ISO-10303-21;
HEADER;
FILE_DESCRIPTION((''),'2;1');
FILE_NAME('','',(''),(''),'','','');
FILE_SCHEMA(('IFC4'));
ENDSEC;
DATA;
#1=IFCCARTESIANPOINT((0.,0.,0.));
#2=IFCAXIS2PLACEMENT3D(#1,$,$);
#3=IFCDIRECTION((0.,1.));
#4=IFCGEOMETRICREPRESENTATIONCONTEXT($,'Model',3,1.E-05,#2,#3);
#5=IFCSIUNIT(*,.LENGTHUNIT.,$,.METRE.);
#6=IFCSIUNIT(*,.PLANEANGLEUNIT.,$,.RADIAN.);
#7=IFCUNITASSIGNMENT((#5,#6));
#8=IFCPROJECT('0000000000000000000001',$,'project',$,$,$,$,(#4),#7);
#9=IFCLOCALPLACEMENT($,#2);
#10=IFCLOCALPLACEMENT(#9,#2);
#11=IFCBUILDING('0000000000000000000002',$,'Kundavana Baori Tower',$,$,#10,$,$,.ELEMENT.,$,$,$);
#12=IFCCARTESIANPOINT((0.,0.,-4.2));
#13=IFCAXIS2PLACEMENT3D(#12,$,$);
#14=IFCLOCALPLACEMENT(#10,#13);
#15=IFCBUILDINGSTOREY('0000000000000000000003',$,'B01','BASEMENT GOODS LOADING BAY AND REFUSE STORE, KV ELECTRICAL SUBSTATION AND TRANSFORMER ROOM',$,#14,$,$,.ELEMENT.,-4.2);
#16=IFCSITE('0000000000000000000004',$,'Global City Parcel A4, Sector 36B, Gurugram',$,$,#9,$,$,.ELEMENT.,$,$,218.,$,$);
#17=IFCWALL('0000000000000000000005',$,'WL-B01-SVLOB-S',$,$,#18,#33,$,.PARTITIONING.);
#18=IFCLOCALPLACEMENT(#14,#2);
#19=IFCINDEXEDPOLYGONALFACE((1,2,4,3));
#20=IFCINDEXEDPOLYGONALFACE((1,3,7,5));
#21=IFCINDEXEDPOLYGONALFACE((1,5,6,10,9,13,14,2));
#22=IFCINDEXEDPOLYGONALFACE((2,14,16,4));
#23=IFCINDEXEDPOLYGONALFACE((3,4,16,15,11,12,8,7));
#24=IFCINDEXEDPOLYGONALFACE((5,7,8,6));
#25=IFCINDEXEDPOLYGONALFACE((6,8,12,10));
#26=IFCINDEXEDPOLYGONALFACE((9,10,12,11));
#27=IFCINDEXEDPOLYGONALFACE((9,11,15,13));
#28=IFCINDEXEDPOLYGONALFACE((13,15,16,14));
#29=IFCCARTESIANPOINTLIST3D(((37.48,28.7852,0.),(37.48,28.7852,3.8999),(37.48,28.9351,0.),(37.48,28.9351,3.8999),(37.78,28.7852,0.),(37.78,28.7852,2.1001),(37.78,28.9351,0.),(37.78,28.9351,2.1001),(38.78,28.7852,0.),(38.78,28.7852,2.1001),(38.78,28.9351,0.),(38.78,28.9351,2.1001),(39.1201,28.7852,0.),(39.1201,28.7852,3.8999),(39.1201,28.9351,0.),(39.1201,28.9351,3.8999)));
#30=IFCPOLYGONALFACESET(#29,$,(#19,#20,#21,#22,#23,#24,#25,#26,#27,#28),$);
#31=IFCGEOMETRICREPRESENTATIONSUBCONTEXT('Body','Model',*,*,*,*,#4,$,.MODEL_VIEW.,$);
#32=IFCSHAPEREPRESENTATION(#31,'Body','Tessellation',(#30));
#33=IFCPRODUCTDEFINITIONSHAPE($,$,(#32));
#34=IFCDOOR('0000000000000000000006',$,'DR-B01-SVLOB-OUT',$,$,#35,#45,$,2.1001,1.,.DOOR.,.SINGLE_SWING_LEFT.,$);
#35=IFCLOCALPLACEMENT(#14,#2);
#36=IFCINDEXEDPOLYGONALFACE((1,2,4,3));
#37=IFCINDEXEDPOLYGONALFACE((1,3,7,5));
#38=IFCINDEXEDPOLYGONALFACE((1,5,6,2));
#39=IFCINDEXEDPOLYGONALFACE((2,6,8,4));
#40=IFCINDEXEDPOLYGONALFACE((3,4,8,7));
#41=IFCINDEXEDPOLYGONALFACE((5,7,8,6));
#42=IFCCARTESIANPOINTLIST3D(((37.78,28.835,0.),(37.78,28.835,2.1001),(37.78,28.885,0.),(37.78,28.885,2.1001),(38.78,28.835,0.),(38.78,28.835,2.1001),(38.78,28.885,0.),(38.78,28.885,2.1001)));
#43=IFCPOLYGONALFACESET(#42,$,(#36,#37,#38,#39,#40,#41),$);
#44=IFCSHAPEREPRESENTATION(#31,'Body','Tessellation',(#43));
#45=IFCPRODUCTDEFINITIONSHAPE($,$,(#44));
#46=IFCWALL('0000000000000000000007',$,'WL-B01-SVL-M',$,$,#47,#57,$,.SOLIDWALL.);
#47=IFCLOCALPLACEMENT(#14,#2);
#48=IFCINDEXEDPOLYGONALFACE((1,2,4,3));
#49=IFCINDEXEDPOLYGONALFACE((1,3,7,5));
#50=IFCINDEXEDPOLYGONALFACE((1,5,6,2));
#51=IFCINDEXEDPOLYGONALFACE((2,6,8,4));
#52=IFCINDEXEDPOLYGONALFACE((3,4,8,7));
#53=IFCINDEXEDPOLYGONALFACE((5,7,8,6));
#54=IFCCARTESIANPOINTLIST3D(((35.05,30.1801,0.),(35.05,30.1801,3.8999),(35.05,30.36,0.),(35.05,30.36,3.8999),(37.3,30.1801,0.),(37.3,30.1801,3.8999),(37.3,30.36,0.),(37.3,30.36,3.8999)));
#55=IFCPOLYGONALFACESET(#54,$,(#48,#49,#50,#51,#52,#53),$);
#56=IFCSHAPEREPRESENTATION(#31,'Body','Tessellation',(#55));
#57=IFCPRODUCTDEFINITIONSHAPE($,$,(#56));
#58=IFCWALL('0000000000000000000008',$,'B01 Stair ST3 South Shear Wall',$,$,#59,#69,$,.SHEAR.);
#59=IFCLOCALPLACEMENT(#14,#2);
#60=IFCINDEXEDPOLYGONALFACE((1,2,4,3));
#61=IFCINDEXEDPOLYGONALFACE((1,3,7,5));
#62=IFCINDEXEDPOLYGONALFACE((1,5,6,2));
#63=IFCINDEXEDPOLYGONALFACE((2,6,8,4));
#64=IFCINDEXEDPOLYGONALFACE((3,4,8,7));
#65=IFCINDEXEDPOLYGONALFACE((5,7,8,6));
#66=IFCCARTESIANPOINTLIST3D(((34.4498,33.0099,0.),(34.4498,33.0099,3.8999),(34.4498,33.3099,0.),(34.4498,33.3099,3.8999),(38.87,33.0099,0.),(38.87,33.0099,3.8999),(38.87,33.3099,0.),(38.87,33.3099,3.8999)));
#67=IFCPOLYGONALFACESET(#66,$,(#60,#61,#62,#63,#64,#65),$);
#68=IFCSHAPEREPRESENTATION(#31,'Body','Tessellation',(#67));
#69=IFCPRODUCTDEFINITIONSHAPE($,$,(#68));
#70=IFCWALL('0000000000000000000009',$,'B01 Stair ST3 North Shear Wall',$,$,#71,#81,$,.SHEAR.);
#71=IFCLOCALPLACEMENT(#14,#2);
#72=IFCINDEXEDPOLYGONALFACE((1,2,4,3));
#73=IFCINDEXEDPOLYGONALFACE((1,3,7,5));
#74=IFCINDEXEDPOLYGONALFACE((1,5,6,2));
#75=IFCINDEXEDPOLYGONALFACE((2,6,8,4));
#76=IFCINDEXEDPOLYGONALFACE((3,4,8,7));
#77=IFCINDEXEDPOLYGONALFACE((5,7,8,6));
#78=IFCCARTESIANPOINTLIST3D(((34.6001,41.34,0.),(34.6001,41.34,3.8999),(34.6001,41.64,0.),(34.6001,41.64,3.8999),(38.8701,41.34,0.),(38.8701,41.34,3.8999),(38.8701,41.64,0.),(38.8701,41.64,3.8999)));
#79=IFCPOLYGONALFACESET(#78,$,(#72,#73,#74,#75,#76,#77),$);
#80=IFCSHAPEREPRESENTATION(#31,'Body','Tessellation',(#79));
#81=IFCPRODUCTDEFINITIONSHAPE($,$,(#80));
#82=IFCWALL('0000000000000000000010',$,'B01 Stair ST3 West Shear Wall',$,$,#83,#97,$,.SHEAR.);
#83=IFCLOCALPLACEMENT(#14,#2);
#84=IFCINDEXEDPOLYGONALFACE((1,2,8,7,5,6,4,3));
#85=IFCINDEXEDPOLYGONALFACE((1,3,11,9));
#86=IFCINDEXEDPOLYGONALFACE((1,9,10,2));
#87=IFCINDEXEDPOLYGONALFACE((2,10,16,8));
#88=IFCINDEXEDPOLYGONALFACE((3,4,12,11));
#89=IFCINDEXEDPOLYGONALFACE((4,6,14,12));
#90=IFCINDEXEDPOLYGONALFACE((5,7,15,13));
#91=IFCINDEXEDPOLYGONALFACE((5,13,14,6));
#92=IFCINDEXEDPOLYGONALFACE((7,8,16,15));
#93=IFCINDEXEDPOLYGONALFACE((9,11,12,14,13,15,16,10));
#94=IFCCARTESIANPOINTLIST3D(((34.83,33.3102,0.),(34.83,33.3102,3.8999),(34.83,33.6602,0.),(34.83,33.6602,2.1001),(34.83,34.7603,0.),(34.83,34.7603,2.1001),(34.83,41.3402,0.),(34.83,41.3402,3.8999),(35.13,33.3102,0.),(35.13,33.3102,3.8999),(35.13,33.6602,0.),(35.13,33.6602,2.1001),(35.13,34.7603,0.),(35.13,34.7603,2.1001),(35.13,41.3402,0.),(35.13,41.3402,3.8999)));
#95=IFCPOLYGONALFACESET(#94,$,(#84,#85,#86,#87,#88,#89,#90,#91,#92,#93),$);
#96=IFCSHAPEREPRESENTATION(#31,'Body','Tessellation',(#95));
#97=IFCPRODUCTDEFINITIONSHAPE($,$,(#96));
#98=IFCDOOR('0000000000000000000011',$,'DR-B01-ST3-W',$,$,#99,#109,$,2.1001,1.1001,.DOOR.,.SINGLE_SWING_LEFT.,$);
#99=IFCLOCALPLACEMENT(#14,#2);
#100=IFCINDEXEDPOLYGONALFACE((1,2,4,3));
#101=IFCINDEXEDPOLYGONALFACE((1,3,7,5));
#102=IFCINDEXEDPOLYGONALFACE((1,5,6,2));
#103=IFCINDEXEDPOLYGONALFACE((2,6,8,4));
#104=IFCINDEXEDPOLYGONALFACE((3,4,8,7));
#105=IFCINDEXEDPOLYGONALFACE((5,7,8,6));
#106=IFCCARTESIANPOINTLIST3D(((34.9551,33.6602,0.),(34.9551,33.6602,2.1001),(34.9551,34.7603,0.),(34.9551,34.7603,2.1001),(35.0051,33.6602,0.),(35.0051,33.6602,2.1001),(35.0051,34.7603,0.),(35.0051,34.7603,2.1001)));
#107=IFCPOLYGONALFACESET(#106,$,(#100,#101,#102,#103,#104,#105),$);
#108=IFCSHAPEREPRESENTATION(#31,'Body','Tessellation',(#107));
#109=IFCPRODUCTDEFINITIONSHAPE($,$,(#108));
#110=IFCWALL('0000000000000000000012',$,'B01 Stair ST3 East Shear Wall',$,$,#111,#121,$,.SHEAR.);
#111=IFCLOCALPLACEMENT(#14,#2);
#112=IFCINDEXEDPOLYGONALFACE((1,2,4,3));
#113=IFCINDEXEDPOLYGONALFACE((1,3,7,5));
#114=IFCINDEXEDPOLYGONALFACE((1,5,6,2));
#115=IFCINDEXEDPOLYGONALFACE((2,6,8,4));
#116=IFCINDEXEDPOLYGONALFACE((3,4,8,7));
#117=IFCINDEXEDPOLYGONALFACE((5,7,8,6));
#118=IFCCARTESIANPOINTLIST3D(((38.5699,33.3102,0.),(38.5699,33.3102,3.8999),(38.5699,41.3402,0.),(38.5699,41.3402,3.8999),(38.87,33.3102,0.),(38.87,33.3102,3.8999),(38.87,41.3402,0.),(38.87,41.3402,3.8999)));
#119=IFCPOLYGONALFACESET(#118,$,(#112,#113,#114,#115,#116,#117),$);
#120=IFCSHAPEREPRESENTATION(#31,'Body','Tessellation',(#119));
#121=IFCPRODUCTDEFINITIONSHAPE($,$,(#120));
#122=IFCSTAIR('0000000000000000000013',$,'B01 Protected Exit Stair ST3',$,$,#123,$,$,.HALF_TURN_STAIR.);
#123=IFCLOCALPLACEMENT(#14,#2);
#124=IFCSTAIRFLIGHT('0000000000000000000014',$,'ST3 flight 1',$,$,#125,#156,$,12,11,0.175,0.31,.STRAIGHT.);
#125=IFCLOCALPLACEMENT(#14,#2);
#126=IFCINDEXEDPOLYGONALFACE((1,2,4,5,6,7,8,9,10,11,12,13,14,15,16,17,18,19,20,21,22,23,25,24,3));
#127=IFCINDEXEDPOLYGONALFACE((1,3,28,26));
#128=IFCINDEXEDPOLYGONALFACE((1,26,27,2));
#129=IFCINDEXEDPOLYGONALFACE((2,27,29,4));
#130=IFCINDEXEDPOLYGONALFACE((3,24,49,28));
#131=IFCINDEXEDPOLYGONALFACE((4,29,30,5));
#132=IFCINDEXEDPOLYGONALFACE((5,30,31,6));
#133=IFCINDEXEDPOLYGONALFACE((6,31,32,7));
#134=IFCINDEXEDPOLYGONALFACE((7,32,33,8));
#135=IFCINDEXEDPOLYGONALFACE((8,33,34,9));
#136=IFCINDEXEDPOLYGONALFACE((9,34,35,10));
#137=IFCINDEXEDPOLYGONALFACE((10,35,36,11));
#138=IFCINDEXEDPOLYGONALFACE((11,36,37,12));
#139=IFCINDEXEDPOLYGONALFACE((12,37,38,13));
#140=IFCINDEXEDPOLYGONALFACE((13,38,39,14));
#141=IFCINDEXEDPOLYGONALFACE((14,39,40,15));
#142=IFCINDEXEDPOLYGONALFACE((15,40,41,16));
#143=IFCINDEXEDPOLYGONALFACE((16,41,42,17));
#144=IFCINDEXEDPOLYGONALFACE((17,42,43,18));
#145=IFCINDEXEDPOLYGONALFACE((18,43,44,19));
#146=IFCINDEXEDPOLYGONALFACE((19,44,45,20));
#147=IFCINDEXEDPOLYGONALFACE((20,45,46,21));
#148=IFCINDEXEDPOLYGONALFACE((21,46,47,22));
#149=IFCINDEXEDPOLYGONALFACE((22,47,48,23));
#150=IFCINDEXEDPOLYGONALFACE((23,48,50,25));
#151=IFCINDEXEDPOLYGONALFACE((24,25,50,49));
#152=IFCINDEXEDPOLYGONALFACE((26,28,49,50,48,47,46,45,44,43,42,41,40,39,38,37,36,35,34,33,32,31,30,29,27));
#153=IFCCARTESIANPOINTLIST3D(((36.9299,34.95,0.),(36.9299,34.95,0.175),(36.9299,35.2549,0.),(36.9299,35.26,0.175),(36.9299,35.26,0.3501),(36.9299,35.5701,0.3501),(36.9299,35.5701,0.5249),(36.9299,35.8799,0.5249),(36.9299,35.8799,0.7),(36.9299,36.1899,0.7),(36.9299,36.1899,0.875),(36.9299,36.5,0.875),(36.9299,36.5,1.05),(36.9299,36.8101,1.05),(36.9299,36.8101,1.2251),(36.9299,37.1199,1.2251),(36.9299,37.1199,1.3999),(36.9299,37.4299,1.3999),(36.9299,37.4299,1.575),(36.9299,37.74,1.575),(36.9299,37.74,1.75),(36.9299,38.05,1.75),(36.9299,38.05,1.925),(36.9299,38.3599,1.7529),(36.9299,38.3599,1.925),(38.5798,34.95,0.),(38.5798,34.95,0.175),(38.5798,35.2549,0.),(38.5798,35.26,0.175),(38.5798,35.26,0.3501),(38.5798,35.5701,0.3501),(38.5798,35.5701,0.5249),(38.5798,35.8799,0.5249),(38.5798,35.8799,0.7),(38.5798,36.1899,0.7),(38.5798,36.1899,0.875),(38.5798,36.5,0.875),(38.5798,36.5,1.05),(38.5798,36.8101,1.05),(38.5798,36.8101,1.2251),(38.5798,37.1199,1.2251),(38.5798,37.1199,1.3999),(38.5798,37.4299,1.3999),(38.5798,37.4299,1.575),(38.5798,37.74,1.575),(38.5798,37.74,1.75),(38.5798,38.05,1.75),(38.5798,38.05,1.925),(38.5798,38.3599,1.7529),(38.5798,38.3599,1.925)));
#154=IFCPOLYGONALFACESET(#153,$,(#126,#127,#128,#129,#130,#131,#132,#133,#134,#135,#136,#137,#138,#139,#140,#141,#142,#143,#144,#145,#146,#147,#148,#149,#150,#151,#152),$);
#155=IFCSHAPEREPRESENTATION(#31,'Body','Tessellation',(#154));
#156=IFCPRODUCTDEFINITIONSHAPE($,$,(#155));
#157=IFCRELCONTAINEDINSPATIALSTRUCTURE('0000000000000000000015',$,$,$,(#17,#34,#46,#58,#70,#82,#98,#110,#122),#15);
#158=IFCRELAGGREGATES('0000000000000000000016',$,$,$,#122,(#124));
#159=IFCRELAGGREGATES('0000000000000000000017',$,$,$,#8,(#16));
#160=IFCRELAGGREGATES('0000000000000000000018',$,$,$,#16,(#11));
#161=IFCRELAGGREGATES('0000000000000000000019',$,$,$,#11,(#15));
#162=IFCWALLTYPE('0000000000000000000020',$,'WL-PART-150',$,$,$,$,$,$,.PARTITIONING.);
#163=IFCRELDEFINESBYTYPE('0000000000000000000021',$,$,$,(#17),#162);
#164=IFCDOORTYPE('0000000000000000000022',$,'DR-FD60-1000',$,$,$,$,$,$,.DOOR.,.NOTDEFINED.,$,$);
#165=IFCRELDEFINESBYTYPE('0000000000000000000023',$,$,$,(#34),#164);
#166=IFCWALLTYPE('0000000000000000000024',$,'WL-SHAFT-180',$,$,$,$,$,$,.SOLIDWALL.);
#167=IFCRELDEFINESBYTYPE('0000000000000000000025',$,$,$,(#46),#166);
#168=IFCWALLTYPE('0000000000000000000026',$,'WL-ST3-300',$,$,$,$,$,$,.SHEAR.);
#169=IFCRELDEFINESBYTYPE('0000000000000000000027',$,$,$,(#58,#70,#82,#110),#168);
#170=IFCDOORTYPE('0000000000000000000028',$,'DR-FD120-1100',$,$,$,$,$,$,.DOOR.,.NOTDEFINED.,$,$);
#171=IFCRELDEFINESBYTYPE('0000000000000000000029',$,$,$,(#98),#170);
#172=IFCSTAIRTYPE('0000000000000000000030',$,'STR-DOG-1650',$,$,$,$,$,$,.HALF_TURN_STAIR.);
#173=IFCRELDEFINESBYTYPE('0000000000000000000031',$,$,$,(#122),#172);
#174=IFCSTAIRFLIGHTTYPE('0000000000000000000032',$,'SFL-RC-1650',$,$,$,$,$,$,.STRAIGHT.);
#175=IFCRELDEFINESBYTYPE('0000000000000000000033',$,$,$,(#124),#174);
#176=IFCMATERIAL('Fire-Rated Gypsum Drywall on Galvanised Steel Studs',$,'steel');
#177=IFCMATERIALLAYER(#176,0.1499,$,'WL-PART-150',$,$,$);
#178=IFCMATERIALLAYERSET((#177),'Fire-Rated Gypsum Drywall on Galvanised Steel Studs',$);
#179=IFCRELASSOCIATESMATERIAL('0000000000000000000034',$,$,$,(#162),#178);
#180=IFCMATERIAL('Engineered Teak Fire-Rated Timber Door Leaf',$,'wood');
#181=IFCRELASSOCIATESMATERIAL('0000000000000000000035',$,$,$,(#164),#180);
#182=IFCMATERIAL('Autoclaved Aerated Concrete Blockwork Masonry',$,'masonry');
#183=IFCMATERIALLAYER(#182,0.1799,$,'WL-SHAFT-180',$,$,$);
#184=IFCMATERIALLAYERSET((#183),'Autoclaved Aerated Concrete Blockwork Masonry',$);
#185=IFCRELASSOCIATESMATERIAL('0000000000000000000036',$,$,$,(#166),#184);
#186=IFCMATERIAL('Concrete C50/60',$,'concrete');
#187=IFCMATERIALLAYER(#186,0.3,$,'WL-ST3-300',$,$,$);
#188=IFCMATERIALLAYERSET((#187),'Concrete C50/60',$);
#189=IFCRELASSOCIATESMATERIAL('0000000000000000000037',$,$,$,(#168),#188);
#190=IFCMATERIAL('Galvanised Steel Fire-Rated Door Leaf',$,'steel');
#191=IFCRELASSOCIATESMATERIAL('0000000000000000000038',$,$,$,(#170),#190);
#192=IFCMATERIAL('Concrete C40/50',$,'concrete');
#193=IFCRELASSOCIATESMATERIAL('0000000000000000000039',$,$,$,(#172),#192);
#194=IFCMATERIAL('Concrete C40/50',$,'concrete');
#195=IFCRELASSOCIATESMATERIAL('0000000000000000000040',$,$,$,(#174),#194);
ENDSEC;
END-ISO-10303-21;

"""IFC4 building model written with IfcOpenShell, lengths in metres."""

from ifc_helpers import new_model, si_unit, direction, frame, frame_2d, origin, place, context, subcontext, project, spatial, polyline, rectangle, outline, extrude, material, layer, layer_set, type_object, element, fill, aggregate, save


model = new_model("IFC4")

# Units and contexts
model_context = context("Model", 3, precision=1e-05, world=origin(), true_north=direction((0.0, 1.0)))
body_context = subcontext(model_context, "Body", "Model", "MODEL_VIEW")
ifc_project = project(units=[si_unit("LENGTHUNIT", "METRE"), si_unit("PLANEANGLEUNIT", "RADIAN")], contexts=[model_context])

# Site, building, storey
site_placement = place(None, origin())
site = spatial("IfcSite", under=ifc_project, at=site_placement, Name="Global City Parcel A4, Sector 36B, Gurugram", CompositionType="ELEMENT", RefElevation=218.0)
building_placement = place(site_placement, origin())
building = spatial("IfcBuilding", under=site, at=building_placement, Name="Kundavana Baori Tower", CompositionType="ELEMENT")
storey_placement = place(building_placement, frame((0.0, 0.0, -4.2)))
storey = spatial("IfcBuildingStorey", under=building, at=storey_placement, Name="B01", Description="BASEMENT GOODS LOADING BAY AND REFUSE STORE, KV ELECTRICAL SUBSTATION AND TRANSFORMER ROOM", CompositionType="ELEMENT", Elevation=-4.2)

# Shared definitions
ifc_material_1 = material(Name="Fire-Rated Gypsum Drywall on Galvanised Steel Studs", Category="steel")
ifc_layer_1 = layer(ifc_material_1, 0.1499, Name="WL-PART-150")
ifc_layer_set_1 = layer_set([ifc_layer_1], Name="Fire-Rated Gypsum Drywall on Galvanised Steel Studs")
wall_type_1 = type_object("IfcWallType", Name="WL-PART-150", PredefinedType="PARTITIONING", material=ifc_layer_set_1)

# Wall, opening, door
wall_1_placement = place(storey_placement, frame((37.48, 28.8601, 0.0), z_axis=(0.0, 0.0, 1.0), x_axis=(1.0, 0.0, 0.0)))
wall_1 = element("IfcWall", 1, at=wall_1_placement, inside=storey, type_object=wall_type_1, Name="WL-B01-SVLOB-S", PredefinedType="PARTITIONING", context=body_context, shape_type="SweptSolid", body=[
    extrude(rectangle(XDim=1.6401, YDim=0.1499, at=frame_2d((0.8201, 0.0))), origin(), (0.0, 0.0, 1.0), 3.8999),
])
opening_1_placement = place(wall_1_placement, frame((0.3, 0.0, 0.0)))
opening_1 = element("IfcOpeningElement", 2, at=opening_1_placement, cuts=wall_1, PredefinedType="OPENING", context=body_context, shape_type="SweptSolid", body=[
    extrude(rectangle(XDim=1.0, YDim=2.1001, at=frame_2d((0.5, 1.05))), frame((0.0, 0.085, 0.0), z_axis=(0.0, -1.0, 0.0), x_axis=(1.0, 0.0, 0.0)), (0.0, 0.0, 1.0), 0.1699),
])
ifc_material_2 = material(Name="Engineered Teak Fire-Rated Timber Door Leaf", Category="wood")
door_type_1 = type_object("IfcDoorType", Name="DR-FD60-1000", OperationType="NOTDEFINED", PredefinedType="DOOR", material=ifc_material_2)
door_1_placement = place(opening_1_placement, origin())
door_1 = element("IfcDoor", 3, at=door_1_placement, inside=storey, type_object=door_type_1, Name="DR-B01-SVLOB-OUT", OperationType="SINGLE_SWING_LEFT", OverallHeight=2.1001, OverallWidth=1.0, PredefinedType="DOOR", context=body_context, shape_type="SweptSolid", body=[
    extrude(rectangle(XDim=1.0, YDim=2.1001, at=frame_2d((0.5, 1.05))), frame((0.0, 0.0249, 0.0), z_axis=(0.0, -1.0, 0.0), x_axis=(1.0, 0.0, 0.0)), (0.0, 0.0, 1.0), 0.05),
])
fill(opening_1, door_1)
ifc_material_3 = material(Name="Autoclaved Aerated Concrete Blockwork Masonry", Category="masonry")
ifc_layer_2 = layer(ifc_material_3, 0.1799, Name="WL-SHAFT-180")
ifc_layer_set_2 = layer_set([ifc_layer_2], Name="Autoclaved Aerated Concrete Blockwork Masonry")
wall_type_2 = type_object("IfcWallType", Name="WL-SHAFT-180", PredefinedType="SOLIDWALL", material=ifc_layer_set_2)

# Walls
wall_2_placement = place(storey_placement, frame((35.05, 30.27, 0.0), z_axis=(0.0, 0.0, 1.0), x_axis=(1.0, 0.0, 0.0)))
element("IfcWall", 4, at=wall_2_placement, inside=storey, type_object=wall_type_2, Name="WL-B01-SVL-M", PredefinedType="SOLIDWALL", context=body_context, shape_type="SweptSolid", body=[
    extrude(rectangle(XDim=2.25, YDim=0.1799, at=frame_2d((1.125, 0.0))), origin(), (0.0, 0.0, 1.0), 3.8999),
])
ifc_material_4 = material(Name="Concrete C50/60", Category="concrete")
ifc_layer_3 = layer(ifc_material_4, 0.3, Name="WL-ST3-300")
ifc_layer_set_3 = layer_set([ifc_layer_3], Name="Concrete C50/60")
wall_type_3 = type_object("IfcWallType", Name="WL-ST3-300", PredefinedType="SHEAR", material=ifc_layer_set_3)
wall_3_placement = place(storey_placement, frame((34.45, 33.1599, 0.0), z_axis=(0.0, 0.0, 1.0), x_axis=(1.0, 0.0, 0.0)))
element("IfcWall", 5, at=wall_3_placement, inside=storey, type_object=wall_type_3, Name="B01 Stair ST3 South Shear Wall", PredefinedType="SHEAR", context=body_context, shape_type="SweptSolid", body=[
    extrude(rectangle(XDim=4.4202, YDim=0.3, at=frame_2d((2.21, 0.0))), origin(), (0.0, 0.0, 1.0), 3.8999),
])
wall_4_placement = place(storey_placement, frame((34.6001, 41.49, 0.0), z_axis=(0.0, 0.0, 1.0), x_axis=(1.0, 0.0, 0.0)))
element("IfcWall", 6, at=wall_4_placement, inside=storey, type_object=wall_type_3, Name="B01 Stair ST3 North Shear Wall", PredefinedType="SHEAR", context=body_context, shape_type="SweptSolid", body=[
    extrude(rectangle(XDim=4.27, YDim=0.3, at=frame_2d((2.135, 0.0))), origin(), (0.0, 0.0, 1.0), 3.8999),
])

# Wall, opening, door
wall_5_placement = place(storey_placement, frame((34.98, 33.3101, 0.0), z_axis=(0.0, 0.0, 1.0), x_axis=(0.0, 1.0, 0.0)))
wall_5 = element("IfcWall", 7, at=wall_5_placement, inside=storey, type_object=wall_type_3, Name="B01 Stair ST3 West Shear Wall", PredefinedType="SHEAR", context=body_context, shape_type="SweptSolid", body=[
    extrude(rectangle(XDim=8.03, YDim=0.3, at=frame_2d((4.0151, 0.0))), origin(), (0.0, 0.0, 1.0), 3.8999),
])
opening_2_placement = place(wall_5_placement, frame((0.3501, 0.0, 0.0)))
opening_2 = element("IfcOpeningElement", 8, at=opening_2_placement, cuts=wall_5, PredefinedType="OPENING", context=body_context, shape_type="SweptSolid", body=[
    extrude(rectangle(XDim=1.1001, YDim=2.1001, at=frame_2d((0.55, 1.05))), frame((0.0, 0.1602, 0.0), z_axis=(0.0, -1.0, 0.0), x_axis=(1.0, 0.0, 0.0)), (0.0, 0.0, 1.0), 0.3201),
])
ifc_material_5 = material(Name="Galvanised Steel Fire-Rated Door Leaf", Category="steel")
door_type_2 = type_object("IfcDoorType", Name="DR-FD120-1100", OperationType="NOTDEFINED", PredefinedType="DOOR", material=ifc_material_5)
door_2_placement = place(opening_2_placement, origin())
door_2 = element("IfcDoor", 9, at=door_2_placement, inside=storey, type_object=door_type_2, Name="DR-B01-ST3-W", OperationType="SINGLE_SWING_LEFT", OverallHeight=2.1001, OverallWidth=1.1001, PredefinedType="DOOR", context=body_context, shape_type="SweptSolid", body=[
    extrude(rectangle(XDim=1.1001, YDim=2.1001, at=frame_2d((0.55, 1.05))), frame((0.0, 0.0249, 0.0), z_axis=(0.0, -1.0, 0.0), x_axis=(1.0, 0.0, 0.0)), (0.0, 0.0, 1.0), 0.05),
])
fill(opening_2, door_2)

# Wall
wall_6_placement = place(storey_placement, frame((38.72, 33.3101, 0.0), z_axis=(0.0, 0.0, 1.0), x_axis=(0.0, 1.0, 0.0)))
element("IfcWall", 10, at=wall_6_placement, inside=storey, type_object=wall_type_3, Name="B01 Stair ST3 East Shear Wall", PredefinedType="SHEAR", context=body_context, shape_type="SweptSolid", body=[
    extrude(rectangle(XDim=8.03, YDim=0.3, at=frame_2d((4.0151, 0.0))), origin(), (0.0, 0.0, 1.0), 3.8999),
])

# Stair, stair flight
ifc_material_6 = material(Name="Concrete C40/50", Category="concrete")
stair_type = type_object("IfcStairType", Name="STR-DOG-1650", PredefinedType="HALF_TURN_STAIR", material=ifc_material_6)
stair_placement = place(storey_placement, origin())
stair = element("IfcStair", 11, at=stair_placement, inside=storey, type_object=stair_type, Name="B01 Protected Exit Stair ST3", PredefinedType="HALF_TURN_STAIR")
ifc_material_7 = material(Name="Concrete C40/50", Category="concrete")
stair_flight_type = type_object("IfcStairFlightType", Name="SFL-RC-1650", PredefinedType="STRAIGHT", material=ifc_material_7)
stair_flight_1_placement = place(storey_placement, frame((37.7549, 34.95, 0.0), z_axis=(0.0, 0.0, 1.0), x_axis=(0.0, 1.0, 0.0)))
stair_flight_1 = element("IfcStairFlight", 12, at=stair_flight_1_placement, type_object=stair_flight_type, Name="ST3 flight 1", NumberOfRisers=12, NumberOfTreads=11, PredefinedType="STRAIGHT", RiserHeight=0.175, TreadLength=0.31, context=body_context, shape_type="SweptSolid", body=[
    extrude(outline(polyline([(0.0, 0.0), (0.0, 0.175), (0.3101, 0.175), (0.3101, 0.3501), (0.6201, 0.3501), (0.6201, 0.5249), (0.9299, 0.5249), (0.9299, 0.7), (1.24, 0.7), (1.24, 0.875), (1.55, 0.875), (1.55, 1.05), (1.8601, 1.05), (1.8601, 1.2251), (2.1699, 1.2251), (2.1699, 1.3999), (2.48, 1.3999), (2.48, 1.575), (2.79, 1.575), (2.79, 1.75), (3.1001, 1.75), (3.1001, 1.925), (3.4099, 1.925), (3.4099, 2.1001), (3.4099, 1.7529), (0.3049, 0.0), (0.0, 0.0)])), frame((0.0, 0.825, 0.0), z_axis=(0.0, -1.0, 0.0), x_axis=(1.0, 0.0, 0.0)), (0.0, 0.0, 1.0), 1.6499),
])
aggregate(stair, [stair_flight_1])

save(model, "model.ifc")
